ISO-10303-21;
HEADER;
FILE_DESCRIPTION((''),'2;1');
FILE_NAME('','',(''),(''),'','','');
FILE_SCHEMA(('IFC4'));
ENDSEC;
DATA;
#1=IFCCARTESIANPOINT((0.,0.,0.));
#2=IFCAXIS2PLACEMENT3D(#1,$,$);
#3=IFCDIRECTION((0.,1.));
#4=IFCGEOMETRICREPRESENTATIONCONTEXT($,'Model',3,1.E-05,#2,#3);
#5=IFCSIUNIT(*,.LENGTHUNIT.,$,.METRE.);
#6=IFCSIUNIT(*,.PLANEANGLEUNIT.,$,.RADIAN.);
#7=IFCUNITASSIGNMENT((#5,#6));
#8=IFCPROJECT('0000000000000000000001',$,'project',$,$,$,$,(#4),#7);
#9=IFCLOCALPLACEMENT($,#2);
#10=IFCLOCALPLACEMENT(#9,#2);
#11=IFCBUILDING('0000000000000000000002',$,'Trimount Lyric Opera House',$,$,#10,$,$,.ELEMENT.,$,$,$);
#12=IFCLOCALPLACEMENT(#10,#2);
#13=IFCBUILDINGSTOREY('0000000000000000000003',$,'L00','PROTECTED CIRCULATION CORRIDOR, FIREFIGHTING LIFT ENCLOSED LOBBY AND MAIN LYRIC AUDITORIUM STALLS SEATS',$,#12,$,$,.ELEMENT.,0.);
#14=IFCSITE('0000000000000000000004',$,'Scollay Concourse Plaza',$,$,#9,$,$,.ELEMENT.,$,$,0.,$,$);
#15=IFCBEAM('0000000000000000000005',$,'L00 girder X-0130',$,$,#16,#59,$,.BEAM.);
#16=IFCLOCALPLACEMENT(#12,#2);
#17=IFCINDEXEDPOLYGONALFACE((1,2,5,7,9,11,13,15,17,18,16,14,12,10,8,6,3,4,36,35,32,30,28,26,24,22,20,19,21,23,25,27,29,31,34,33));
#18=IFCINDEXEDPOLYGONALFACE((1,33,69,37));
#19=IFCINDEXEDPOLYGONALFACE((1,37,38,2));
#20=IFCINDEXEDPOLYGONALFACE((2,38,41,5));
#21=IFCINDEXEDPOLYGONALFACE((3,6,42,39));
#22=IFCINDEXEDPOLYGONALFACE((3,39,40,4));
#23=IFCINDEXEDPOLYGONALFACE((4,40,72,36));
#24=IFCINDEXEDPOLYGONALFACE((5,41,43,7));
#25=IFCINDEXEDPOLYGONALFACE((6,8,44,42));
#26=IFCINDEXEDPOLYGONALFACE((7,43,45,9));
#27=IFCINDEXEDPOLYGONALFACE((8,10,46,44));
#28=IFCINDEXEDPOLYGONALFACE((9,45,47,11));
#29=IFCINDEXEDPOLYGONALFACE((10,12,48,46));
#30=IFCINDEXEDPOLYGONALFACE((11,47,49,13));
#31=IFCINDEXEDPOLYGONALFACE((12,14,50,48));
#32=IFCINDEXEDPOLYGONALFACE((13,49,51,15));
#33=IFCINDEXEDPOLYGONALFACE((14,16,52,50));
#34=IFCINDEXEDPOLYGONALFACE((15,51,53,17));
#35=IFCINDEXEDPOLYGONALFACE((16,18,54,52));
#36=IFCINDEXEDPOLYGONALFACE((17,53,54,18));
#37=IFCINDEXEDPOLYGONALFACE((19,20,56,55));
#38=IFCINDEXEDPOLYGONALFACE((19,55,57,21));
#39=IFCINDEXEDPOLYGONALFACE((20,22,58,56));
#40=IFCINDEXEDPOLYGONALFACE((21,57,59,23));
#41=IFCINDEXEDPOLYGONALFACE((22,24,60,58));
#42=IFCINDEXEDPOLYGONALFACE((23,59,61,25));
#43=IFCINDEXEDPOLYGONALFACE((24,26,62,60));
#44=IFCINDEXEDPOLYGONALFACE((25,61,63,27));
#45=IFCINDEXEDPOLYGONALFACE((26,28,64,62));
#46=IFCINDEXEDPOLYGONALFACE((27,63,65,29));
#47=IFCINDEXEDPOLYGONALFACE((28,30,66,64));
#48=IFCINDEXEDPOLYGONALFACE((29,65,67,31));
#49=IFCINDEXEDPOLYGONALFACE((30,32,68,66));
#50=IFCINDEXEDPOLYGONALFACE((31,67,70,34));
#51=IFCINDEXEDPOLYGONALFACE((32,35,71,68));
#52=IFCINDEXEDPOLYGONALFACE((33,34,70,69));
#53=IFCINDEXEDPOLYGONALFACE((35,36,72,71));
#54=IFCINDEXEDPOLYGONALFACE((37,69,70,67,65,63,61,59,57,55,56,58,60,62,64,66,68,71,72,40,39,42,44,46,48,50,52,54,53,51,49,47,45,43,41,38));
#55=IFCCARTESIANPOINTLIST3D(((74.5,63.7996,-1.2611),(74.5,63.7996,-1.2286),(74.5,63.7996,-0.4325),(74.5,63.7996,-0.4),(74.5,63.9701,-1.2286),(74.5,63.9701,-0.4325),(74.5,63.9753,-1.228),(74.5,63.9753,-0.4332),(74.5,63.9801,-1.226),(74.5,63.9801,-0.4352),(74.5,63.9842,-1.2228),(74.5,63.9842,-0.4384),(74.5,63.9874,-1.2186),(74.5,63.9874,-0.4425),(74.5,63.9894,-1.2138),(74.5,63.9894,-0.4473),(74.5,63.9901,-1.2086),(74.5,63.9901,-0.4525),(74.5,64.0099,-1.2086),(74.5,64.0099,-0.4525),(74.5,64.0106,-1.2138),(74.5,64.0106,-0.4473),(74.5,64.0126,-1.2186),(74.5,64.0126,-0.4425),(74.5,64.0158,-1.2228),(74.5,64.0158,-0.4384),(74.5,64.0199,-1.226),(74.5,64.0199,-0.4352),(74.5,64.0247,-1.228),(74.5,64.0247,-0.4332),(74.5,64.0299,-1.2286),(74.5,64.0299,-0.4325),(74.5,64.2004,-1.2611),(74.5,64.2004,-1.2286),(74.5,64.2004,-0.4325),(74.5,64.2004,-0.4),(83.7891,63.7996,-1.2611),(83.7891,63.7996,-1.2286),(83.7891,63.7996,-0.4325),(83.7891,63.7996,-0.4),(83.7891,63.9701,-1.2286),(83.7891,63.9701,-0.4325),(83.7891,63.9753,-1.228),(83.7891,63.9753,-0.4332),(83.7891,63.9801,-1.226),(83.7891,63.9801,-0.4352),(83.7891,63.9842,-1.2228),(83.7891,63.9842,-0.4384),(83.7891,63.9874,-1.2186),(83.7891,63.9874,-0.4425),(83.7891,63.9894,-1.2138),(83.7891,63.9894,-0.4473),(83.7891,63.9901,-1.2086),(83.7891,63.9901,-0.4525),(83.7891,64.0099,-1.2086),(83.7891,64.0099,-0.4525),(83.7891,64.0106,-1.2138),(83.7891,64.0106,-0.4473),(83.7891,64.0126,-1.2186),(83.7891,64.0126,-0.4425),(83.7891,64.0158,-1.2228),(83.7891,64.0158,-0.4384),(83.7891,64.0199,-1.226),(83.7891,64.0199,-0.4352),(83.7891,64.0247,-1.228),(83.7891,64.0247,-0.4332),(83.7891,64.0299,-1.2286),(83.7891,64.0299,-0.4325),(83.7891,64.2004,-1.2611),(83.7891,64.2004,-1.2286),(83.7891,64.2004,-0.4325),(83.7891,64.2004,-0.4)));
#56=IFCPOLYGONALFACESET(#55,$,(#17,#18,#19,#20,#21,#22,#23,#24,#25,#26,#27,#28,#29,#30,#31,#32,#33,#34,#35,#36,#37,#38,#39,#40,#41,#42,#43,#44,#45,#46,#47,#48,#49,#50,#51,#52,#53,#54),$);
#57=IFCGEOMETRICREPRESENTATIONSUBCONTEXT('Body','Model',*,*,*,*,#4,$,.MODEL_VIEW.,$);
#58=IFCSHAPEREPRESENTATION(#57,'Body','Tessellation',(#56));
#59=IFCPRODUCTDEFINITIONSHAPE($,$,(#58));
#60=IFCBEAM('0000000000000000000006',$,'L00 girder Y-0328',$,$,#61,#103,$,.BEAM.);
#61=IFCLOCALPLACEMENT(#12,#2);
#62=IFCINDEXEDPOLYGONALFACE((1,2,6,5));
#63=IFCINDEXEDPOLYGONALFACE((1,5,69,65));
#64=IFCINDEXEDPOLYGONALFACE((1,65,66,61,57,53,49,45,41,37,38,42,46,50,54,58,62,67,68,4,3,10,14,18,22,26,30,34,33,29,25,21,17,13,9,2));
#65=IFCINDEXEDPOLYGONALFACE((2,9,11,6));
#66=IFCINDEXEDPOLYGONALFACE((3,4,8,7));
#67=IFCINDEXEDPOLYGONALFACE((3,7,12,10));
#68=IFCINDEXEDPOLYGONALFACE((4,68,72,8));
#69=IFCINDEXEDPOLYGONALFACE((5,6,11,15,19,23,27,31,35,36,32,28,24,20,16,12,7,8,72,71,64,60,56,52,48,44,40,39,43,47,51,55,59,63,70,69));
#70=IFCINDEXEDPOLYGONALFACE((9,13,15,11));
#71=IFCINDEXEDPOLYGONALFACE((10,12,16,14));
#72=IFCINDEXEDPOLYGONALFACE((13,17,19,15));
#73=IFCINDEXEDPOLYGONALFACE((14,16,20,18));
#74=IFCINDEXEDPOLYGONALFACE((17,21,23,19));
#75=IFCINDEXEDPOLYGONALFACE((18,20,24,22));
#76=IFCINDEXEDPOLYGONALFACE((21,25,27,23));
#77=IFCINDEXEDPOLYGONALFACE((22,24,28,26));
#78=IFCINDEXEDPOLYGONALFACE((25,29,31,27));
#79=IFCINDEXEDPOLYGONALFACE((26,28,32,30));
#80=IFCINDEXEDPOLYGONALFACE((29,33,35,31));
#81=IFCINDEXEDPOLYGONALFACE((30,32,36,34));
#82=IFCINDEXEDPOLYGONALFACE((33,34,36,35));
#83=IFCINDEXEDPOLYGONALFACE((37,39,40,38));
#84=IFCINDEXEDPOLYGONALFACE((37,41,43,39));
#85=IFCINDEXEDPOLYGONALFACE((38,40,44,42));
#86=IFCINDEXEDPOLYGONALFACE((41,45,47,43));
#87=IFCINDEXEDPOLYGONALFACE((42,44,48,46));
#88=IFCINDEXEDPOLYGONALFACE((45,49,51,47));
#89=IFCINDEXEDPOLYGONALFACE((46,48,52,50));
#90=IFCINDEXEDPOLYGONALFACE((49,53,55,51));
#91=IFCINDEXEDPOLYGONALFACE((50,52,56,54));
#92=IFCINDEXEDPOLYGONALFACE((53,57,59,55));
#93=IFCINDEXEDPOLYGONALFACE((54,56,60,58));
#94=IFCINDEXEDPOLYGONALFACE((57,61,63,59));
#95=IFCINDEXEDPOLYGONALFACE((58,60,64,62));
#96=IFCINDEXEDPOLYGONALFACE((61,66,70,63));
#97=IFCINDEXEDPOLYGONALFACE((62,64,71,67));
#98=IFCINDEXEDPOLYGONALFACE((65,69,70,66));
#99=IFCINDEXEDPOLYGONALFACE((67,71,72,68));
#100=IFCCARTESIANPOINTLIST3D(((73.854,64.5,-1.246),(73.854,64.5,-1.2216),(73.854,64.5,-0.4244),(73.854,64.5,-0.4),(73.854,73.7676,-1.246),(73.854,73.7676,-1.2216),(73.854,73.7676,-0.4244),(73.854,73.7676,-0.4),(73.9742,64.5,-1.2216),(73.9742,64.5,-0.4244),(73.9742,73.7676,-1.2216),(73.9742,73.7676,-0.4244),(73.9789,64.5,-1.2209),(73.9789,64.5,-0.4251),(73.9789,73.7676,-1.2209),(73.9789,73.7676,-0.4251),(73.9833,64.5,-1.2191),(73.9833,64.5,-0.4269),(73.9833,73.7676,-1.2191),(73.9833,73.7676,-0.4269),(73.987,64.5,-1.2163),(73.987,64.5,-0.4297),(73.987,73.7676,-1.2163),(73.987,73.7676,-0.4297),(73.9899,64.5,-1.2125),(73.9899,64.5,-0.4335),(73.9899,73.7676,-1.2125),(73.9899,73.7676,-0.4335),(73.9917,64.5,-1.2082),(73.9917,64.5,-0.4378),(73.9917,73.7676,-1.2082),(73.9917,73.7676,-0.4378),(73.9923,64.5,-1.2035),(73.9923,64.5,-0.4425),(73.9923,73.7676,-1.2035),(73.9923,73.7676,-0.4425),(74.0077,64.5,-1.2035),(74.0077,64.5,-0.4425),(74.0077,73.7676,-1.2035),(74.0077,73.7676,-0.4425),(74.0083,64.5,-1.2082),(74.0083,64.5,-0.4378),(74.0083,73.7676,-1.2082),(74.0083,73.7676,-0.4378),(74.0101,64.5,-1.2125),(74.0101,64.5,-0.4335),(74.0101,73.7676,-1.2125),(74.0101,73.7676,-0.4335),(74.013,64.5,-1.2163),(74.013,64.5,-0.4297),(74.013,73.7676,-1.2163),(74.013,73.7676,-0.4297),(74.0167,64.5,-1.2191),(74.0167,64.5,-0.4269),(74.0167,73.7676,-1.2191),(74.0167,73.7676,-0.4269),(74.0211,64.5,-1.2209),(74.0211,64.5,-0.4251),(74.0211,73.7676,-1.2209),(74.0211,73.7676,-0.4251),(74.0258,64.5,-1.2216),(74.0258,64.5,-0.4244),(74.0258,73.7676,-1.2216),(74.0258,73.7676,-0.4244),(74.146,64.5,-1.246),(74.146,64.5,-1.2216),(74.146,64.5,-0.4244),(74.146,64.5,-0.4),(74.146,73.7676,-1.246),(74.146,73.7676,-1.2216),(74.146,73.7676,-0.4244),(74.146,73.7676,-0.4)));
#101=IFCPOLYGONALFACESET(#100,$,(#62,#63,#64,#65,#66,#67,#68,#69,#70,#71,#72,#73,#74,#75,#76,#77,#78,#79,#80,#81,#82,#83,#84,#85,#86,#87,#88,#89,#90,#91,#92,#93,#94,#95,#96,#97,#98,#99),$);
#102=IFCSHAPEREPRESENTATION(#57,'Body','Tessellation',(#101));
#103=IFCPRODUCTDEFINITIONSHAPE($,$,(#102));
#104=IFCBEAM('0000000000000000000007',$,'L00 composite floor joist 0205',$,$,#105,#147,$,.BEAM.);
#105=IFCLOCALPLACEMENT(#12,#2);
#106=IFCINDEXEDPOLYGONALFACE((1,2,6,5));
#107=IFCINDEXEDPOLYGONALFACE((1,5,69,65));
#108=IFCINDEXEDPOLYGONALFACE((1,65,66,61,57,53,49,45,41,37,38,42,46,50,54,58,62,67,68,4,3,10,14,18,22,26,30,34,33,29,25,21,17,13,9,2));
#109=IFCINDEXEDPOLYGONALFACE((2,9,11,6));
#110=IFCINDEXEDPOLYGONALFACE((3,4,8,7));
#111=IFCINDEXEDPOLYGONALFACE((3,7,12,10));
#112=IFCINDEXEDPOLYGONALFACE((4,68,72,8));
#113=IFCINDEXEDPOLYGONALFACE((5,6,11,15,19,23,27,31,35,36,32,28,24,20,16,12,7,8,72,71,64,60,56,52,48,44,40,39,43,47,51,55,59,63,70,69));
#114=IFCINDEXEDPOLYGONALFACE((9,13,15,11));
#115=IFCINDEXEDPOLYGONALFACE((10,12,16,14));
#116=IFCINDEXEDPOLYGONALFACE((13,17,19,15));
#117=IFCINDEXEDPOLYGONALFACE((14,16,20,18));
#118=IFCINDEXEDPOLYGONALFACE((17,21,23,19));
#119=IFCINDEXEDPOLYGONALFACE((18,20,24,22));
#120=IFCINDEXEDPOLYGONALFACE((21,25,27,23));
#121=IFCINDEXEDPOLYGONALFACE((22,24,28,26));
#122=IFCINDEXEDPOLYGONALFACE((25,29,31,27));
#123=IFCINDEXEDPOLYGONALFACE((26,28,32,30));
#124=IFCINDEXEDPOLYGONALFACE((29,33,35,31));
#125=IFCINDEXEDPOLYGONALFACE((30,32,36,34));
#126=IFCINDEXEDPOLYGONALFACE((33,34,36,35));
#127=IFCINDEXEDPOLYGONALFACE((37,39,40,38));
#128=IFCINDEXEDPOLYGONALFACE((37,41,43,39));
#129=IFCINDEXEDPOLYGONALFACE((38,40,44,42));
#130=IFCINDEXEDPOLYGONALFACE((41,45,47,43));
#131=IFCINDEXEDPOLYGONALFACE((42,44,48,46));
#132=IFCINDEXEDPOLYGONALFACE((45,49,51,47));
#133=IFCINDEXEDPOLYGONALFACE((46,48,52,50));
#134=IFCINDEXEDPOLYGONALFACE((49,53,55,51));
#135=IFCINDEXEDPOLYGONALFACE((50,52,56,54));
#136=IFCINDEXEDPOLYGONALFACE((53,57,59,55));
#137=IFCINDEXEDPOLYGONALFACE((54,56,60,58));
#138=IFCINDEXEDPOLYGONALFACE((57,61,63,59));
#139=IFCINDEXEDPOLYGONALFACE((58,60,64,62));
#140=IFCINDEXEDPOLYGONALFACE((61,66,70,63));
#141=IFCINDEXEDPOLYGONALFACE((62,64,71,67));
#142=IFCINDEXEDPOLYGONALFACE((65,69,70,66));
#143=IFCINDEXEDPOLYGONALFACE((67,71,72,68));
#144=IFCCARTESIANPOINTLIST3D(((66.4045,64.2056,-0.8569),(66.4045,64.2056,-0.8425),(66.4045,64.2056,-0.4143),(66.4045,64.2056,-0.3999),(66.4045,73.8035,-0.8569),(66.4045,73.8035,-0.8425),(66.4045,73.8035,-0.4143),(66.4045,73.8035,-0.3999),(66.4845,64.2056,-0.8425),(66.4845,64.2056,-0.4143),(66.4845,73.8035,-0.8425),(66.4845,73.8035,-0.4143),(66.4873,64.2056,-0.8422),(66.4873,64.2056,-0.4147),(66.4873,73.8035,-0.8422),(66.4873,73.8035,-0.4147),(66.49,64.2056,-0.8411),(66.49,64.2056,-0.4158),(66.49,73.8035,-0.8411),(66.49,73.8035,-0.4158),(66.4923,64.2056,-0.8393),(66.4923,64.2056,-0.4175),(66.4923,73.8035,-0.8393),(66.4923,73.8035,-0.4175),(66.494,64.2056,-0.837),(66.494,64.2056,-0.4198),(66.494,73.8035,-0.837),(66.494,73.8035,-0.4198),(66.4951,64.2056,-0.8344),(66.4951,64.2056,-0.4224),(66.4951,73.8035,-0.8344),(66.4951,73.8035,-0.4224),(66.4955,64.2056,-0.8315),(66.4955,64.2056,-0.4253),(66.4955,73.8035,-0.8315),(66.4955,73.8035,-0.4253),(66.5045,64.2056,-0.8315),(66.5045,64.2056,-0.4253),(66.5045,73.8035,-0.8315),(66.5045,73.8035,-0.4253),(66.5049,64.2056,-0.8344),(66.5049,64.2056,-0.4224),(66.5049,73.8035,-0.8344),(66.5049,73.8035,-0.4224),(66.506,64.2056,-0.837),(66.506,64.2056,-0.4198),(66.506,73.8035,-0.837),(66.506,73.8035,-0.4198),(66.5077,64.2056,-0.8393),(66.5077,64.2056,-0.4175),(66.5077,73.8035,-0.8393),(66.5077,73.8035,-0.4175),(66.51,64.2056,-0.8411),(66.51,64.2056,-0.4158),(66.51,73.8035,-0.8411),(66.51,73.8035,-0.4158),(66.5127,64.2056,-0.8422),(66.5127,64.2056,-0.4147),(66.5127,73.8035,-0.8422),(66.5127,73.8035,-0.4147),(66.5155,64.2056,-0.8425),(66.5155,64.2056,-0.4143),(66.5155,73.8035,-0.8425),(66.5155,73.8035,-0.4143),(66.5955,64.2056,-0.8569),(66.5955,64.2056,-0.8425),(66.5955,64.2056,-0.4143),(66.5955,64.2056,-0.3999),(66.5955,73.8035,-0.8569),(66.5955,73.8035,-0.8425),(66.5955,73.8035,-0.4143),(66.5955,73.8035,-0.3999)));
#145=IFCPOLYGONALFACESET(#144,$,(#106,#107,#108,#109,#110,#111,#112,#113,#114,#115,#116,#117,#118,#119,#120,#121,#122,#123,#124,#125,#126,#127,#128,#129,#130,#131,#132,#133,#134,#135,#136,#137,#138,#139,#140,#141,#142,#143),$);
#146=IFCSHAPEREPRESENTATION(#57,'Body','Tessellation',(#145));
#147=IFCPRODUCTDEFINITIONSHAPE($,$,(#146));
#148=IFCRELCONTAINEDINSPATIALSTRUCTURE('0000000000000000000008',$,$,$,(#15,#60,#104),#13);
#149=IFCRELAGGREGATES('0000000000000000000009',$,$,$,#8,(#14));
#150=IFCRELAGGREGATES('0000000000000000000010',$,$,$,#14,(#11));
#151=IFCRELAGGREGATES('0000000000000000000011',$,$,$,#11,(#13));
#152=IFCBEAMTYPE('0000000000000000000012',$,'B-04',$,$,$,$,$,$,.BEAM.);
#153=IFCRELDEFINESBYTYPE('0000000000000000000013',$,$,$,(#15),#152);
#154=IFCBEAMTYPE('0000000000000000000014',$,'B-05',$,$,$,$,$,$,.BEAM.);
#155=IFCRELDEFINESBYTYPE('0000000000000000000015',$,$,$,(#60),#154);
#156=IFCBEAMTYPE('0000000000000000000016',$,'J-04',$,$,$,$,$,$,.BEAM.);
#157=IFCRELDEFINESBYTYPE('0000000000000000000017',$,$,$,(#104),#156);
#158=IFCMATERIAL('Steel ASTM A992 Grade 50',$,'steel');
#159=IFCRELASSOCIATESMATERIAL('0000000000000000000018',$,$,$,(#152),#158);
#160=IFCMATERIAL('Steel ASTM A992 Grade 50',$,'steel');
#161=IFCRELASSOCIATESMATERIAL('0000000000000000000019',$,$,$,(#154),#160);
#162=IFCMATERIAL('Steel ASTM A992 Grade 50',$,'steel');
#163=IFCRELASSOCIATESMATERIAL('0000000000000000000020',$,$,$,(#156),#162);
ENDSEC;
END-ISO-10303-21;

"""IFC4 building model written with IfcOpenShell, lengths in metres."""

from ifc_helpers import new_model, si_unit, direction, frame, origin, origin_2d, place, context, subcontext, project, spatial, i_section, extrude, material, material_profile, profile_set, type_object, element, save


model = new_model("IFC4")

# Units and contexts
model_context = context("Model", 3, precision=1e-05, world=origin(), true_north=direction((0.0, 1.0)))
body_context = subcontext(model_context, "Body", "Model", "MODEL_VIEW")
ifc_project = project(units=[si_unit("LENGTHUNIT", "METRE"), si_unit("PLANEANGLEUNIT", "RADIAN")], contexts=[model_context])

# Site, building, storey
site_placement = place(None, origin())
site = spatial("IfcSite", under=ifc_project, at=site_placement, Name="Scollay Concourse Plaza", CompositionType="ELEMENT", RefElevation=0.0)
building_placement = place(site_placement, origin())
building = spatial("IfcBuilding", under=site, at=building_placement, Name="Trimount Lyric Opera House", CompositionType="ELEMENT")
storey_placement = place(building_placement, origin())
storey = spatial("IfcBuildingStorey", under=building, at=storey_placement, Name="L00", Description="PROTECTED CIRCULATION CORRIDOR, FIREFIGHTING LIFT ENCLOSED LOBBY AND MAIN LYRIC AUDITORIUM STALLS SEATS", CompositionType="ELEMENT", Elevation=0.0)

# Beams
ifc_material_1 = material(Name="Steel ASTM A992 Grade 50", Category="steel")
ifc_material_profile_1 = material_profile(ifc_material_1, i_section(OverallWidth=0.4009, OverallDepth=0.8611, WebThickness=0.0198, FlangeThickness=0.0325, FilletRadius=0.02, at=origin_2d()), Name="W33X221")
ifc_profile_set_1 = profile_set([ifc_material_profile_1], Name="Steel ASTM A992 Grade 50")
beam_type_1 = type_object("IfcBeamType", Name="B-04", PredefinedType="BEAM", material=ifc_profile_set_1)
beam_1_placement = place(storey_placement, frame((74.5, 64.0, -0.8306), z_axis=(1.0, 0.0, 0.0), x_axis=(0.0, 1.0, 0.0)))
element("IfcBeam", 1, at=beam_1_placement, inside=storey, type_object=beam_type_1, Name="L00 girder X-0130", PredefinedType="BEAM", context=body_context, shape_type="SweptSolid", body=[
    extrude(i_section(OverallWidth=0.4009, OverallDepth=0.8611, WebThickness=0.0198, FlangeThickness=0.0325, FilletRadius=0.02, at=origin_2d()), origin(), (0.0, 0.0, 1.0), 9.2891),
])
ifc_material_2 = material(Name="Steel ASTM A992 Grade 50", Category="steel")
ifc_material_profile_2 = material_profile(ifc_material_2, i_section(OverallWidth=0.292, OverallDepth=0.8459, WebThickness=0.0154, FlangeThickness=0.0244, FilletRadius=0.0181, at=origin_2d()), Name="W33X141")
ifc_profile_set_2 = profile_set([ifc_material_profile_2], Name="Steel ASTM A992 Grade 50")
beam_type_2 = type_object("IfcBeamType", Name="B-05", PredefinedType="BEAM", material=ifc_profile_set_2)
beam_2_placement = place(storey_placement, frame((74.0, 64.5, -0.823), z_axis=(0.0, 1.0, 0.0), x_axis=(-1.0, 0.0, 0.0)))
element("IfcBeam", 2, at=beam_2_placement, inside=storey, type_object=beam_type_2, Name="L00 girder Y-0328", PredefinedType="BEAM", context=body_context, shape_type="SweptSolid", body=[
    extrude(i_section(OverallWidth=0.292, OverallDepth=0.8459, WebThickness=0.0154, FlangeThickness=0.0244, FilletRadius=0.0181, at=origin_2d()), origin(), (0.0, 0.0, 1.0), 9.2676),
])
ifc_material_3 = material(Name="Steel ASTM A992 Grade 50", Category="steel")
ifc_material_profile_3 = material_profile(ifc_material_3, i_section(OverallWidth=0.1909, OverallDepth=0.457, WebThickness=0.009, FlangeThickness=0.0144, FilletRadius=0.011, at=origin_2d()), Name="W18X50")
ifc_profile_set_3 = profile_set([ifc_material_profile_3], Name="Steel ASTM A992 Grade 50")
beam_type_3 = type_object("IfcBeamType", Name="J-04", PredefinedType="BEAM", material=ifc_profile_set_3)
beam_3_placement = place(storey_placement, frame((66.5, 64.2056, -0.6284), z_axis=(0.0, 1.0, 0.0), x_axis=(-1.0, 0.0, 0.0)))
element("IfcBeam", 3, at=beam_3_placement, inside=storey, type_object=beam_type_3, Name="L00 composite floor joist 0205", PredefinedType="BEAM", context=body_context, shape_type="SweptSolid", body=[
    extrude(i_section(OverallWidth=0.1909, OverallDepth=0.457, WebThickness=0.009, FlangeThickness=0.0144, FilletRadius=0.011, at=origin_2d()), origin(), (0.0, 0.0, 1.0), 9.5979),
])

save(model, "model.ifc")
